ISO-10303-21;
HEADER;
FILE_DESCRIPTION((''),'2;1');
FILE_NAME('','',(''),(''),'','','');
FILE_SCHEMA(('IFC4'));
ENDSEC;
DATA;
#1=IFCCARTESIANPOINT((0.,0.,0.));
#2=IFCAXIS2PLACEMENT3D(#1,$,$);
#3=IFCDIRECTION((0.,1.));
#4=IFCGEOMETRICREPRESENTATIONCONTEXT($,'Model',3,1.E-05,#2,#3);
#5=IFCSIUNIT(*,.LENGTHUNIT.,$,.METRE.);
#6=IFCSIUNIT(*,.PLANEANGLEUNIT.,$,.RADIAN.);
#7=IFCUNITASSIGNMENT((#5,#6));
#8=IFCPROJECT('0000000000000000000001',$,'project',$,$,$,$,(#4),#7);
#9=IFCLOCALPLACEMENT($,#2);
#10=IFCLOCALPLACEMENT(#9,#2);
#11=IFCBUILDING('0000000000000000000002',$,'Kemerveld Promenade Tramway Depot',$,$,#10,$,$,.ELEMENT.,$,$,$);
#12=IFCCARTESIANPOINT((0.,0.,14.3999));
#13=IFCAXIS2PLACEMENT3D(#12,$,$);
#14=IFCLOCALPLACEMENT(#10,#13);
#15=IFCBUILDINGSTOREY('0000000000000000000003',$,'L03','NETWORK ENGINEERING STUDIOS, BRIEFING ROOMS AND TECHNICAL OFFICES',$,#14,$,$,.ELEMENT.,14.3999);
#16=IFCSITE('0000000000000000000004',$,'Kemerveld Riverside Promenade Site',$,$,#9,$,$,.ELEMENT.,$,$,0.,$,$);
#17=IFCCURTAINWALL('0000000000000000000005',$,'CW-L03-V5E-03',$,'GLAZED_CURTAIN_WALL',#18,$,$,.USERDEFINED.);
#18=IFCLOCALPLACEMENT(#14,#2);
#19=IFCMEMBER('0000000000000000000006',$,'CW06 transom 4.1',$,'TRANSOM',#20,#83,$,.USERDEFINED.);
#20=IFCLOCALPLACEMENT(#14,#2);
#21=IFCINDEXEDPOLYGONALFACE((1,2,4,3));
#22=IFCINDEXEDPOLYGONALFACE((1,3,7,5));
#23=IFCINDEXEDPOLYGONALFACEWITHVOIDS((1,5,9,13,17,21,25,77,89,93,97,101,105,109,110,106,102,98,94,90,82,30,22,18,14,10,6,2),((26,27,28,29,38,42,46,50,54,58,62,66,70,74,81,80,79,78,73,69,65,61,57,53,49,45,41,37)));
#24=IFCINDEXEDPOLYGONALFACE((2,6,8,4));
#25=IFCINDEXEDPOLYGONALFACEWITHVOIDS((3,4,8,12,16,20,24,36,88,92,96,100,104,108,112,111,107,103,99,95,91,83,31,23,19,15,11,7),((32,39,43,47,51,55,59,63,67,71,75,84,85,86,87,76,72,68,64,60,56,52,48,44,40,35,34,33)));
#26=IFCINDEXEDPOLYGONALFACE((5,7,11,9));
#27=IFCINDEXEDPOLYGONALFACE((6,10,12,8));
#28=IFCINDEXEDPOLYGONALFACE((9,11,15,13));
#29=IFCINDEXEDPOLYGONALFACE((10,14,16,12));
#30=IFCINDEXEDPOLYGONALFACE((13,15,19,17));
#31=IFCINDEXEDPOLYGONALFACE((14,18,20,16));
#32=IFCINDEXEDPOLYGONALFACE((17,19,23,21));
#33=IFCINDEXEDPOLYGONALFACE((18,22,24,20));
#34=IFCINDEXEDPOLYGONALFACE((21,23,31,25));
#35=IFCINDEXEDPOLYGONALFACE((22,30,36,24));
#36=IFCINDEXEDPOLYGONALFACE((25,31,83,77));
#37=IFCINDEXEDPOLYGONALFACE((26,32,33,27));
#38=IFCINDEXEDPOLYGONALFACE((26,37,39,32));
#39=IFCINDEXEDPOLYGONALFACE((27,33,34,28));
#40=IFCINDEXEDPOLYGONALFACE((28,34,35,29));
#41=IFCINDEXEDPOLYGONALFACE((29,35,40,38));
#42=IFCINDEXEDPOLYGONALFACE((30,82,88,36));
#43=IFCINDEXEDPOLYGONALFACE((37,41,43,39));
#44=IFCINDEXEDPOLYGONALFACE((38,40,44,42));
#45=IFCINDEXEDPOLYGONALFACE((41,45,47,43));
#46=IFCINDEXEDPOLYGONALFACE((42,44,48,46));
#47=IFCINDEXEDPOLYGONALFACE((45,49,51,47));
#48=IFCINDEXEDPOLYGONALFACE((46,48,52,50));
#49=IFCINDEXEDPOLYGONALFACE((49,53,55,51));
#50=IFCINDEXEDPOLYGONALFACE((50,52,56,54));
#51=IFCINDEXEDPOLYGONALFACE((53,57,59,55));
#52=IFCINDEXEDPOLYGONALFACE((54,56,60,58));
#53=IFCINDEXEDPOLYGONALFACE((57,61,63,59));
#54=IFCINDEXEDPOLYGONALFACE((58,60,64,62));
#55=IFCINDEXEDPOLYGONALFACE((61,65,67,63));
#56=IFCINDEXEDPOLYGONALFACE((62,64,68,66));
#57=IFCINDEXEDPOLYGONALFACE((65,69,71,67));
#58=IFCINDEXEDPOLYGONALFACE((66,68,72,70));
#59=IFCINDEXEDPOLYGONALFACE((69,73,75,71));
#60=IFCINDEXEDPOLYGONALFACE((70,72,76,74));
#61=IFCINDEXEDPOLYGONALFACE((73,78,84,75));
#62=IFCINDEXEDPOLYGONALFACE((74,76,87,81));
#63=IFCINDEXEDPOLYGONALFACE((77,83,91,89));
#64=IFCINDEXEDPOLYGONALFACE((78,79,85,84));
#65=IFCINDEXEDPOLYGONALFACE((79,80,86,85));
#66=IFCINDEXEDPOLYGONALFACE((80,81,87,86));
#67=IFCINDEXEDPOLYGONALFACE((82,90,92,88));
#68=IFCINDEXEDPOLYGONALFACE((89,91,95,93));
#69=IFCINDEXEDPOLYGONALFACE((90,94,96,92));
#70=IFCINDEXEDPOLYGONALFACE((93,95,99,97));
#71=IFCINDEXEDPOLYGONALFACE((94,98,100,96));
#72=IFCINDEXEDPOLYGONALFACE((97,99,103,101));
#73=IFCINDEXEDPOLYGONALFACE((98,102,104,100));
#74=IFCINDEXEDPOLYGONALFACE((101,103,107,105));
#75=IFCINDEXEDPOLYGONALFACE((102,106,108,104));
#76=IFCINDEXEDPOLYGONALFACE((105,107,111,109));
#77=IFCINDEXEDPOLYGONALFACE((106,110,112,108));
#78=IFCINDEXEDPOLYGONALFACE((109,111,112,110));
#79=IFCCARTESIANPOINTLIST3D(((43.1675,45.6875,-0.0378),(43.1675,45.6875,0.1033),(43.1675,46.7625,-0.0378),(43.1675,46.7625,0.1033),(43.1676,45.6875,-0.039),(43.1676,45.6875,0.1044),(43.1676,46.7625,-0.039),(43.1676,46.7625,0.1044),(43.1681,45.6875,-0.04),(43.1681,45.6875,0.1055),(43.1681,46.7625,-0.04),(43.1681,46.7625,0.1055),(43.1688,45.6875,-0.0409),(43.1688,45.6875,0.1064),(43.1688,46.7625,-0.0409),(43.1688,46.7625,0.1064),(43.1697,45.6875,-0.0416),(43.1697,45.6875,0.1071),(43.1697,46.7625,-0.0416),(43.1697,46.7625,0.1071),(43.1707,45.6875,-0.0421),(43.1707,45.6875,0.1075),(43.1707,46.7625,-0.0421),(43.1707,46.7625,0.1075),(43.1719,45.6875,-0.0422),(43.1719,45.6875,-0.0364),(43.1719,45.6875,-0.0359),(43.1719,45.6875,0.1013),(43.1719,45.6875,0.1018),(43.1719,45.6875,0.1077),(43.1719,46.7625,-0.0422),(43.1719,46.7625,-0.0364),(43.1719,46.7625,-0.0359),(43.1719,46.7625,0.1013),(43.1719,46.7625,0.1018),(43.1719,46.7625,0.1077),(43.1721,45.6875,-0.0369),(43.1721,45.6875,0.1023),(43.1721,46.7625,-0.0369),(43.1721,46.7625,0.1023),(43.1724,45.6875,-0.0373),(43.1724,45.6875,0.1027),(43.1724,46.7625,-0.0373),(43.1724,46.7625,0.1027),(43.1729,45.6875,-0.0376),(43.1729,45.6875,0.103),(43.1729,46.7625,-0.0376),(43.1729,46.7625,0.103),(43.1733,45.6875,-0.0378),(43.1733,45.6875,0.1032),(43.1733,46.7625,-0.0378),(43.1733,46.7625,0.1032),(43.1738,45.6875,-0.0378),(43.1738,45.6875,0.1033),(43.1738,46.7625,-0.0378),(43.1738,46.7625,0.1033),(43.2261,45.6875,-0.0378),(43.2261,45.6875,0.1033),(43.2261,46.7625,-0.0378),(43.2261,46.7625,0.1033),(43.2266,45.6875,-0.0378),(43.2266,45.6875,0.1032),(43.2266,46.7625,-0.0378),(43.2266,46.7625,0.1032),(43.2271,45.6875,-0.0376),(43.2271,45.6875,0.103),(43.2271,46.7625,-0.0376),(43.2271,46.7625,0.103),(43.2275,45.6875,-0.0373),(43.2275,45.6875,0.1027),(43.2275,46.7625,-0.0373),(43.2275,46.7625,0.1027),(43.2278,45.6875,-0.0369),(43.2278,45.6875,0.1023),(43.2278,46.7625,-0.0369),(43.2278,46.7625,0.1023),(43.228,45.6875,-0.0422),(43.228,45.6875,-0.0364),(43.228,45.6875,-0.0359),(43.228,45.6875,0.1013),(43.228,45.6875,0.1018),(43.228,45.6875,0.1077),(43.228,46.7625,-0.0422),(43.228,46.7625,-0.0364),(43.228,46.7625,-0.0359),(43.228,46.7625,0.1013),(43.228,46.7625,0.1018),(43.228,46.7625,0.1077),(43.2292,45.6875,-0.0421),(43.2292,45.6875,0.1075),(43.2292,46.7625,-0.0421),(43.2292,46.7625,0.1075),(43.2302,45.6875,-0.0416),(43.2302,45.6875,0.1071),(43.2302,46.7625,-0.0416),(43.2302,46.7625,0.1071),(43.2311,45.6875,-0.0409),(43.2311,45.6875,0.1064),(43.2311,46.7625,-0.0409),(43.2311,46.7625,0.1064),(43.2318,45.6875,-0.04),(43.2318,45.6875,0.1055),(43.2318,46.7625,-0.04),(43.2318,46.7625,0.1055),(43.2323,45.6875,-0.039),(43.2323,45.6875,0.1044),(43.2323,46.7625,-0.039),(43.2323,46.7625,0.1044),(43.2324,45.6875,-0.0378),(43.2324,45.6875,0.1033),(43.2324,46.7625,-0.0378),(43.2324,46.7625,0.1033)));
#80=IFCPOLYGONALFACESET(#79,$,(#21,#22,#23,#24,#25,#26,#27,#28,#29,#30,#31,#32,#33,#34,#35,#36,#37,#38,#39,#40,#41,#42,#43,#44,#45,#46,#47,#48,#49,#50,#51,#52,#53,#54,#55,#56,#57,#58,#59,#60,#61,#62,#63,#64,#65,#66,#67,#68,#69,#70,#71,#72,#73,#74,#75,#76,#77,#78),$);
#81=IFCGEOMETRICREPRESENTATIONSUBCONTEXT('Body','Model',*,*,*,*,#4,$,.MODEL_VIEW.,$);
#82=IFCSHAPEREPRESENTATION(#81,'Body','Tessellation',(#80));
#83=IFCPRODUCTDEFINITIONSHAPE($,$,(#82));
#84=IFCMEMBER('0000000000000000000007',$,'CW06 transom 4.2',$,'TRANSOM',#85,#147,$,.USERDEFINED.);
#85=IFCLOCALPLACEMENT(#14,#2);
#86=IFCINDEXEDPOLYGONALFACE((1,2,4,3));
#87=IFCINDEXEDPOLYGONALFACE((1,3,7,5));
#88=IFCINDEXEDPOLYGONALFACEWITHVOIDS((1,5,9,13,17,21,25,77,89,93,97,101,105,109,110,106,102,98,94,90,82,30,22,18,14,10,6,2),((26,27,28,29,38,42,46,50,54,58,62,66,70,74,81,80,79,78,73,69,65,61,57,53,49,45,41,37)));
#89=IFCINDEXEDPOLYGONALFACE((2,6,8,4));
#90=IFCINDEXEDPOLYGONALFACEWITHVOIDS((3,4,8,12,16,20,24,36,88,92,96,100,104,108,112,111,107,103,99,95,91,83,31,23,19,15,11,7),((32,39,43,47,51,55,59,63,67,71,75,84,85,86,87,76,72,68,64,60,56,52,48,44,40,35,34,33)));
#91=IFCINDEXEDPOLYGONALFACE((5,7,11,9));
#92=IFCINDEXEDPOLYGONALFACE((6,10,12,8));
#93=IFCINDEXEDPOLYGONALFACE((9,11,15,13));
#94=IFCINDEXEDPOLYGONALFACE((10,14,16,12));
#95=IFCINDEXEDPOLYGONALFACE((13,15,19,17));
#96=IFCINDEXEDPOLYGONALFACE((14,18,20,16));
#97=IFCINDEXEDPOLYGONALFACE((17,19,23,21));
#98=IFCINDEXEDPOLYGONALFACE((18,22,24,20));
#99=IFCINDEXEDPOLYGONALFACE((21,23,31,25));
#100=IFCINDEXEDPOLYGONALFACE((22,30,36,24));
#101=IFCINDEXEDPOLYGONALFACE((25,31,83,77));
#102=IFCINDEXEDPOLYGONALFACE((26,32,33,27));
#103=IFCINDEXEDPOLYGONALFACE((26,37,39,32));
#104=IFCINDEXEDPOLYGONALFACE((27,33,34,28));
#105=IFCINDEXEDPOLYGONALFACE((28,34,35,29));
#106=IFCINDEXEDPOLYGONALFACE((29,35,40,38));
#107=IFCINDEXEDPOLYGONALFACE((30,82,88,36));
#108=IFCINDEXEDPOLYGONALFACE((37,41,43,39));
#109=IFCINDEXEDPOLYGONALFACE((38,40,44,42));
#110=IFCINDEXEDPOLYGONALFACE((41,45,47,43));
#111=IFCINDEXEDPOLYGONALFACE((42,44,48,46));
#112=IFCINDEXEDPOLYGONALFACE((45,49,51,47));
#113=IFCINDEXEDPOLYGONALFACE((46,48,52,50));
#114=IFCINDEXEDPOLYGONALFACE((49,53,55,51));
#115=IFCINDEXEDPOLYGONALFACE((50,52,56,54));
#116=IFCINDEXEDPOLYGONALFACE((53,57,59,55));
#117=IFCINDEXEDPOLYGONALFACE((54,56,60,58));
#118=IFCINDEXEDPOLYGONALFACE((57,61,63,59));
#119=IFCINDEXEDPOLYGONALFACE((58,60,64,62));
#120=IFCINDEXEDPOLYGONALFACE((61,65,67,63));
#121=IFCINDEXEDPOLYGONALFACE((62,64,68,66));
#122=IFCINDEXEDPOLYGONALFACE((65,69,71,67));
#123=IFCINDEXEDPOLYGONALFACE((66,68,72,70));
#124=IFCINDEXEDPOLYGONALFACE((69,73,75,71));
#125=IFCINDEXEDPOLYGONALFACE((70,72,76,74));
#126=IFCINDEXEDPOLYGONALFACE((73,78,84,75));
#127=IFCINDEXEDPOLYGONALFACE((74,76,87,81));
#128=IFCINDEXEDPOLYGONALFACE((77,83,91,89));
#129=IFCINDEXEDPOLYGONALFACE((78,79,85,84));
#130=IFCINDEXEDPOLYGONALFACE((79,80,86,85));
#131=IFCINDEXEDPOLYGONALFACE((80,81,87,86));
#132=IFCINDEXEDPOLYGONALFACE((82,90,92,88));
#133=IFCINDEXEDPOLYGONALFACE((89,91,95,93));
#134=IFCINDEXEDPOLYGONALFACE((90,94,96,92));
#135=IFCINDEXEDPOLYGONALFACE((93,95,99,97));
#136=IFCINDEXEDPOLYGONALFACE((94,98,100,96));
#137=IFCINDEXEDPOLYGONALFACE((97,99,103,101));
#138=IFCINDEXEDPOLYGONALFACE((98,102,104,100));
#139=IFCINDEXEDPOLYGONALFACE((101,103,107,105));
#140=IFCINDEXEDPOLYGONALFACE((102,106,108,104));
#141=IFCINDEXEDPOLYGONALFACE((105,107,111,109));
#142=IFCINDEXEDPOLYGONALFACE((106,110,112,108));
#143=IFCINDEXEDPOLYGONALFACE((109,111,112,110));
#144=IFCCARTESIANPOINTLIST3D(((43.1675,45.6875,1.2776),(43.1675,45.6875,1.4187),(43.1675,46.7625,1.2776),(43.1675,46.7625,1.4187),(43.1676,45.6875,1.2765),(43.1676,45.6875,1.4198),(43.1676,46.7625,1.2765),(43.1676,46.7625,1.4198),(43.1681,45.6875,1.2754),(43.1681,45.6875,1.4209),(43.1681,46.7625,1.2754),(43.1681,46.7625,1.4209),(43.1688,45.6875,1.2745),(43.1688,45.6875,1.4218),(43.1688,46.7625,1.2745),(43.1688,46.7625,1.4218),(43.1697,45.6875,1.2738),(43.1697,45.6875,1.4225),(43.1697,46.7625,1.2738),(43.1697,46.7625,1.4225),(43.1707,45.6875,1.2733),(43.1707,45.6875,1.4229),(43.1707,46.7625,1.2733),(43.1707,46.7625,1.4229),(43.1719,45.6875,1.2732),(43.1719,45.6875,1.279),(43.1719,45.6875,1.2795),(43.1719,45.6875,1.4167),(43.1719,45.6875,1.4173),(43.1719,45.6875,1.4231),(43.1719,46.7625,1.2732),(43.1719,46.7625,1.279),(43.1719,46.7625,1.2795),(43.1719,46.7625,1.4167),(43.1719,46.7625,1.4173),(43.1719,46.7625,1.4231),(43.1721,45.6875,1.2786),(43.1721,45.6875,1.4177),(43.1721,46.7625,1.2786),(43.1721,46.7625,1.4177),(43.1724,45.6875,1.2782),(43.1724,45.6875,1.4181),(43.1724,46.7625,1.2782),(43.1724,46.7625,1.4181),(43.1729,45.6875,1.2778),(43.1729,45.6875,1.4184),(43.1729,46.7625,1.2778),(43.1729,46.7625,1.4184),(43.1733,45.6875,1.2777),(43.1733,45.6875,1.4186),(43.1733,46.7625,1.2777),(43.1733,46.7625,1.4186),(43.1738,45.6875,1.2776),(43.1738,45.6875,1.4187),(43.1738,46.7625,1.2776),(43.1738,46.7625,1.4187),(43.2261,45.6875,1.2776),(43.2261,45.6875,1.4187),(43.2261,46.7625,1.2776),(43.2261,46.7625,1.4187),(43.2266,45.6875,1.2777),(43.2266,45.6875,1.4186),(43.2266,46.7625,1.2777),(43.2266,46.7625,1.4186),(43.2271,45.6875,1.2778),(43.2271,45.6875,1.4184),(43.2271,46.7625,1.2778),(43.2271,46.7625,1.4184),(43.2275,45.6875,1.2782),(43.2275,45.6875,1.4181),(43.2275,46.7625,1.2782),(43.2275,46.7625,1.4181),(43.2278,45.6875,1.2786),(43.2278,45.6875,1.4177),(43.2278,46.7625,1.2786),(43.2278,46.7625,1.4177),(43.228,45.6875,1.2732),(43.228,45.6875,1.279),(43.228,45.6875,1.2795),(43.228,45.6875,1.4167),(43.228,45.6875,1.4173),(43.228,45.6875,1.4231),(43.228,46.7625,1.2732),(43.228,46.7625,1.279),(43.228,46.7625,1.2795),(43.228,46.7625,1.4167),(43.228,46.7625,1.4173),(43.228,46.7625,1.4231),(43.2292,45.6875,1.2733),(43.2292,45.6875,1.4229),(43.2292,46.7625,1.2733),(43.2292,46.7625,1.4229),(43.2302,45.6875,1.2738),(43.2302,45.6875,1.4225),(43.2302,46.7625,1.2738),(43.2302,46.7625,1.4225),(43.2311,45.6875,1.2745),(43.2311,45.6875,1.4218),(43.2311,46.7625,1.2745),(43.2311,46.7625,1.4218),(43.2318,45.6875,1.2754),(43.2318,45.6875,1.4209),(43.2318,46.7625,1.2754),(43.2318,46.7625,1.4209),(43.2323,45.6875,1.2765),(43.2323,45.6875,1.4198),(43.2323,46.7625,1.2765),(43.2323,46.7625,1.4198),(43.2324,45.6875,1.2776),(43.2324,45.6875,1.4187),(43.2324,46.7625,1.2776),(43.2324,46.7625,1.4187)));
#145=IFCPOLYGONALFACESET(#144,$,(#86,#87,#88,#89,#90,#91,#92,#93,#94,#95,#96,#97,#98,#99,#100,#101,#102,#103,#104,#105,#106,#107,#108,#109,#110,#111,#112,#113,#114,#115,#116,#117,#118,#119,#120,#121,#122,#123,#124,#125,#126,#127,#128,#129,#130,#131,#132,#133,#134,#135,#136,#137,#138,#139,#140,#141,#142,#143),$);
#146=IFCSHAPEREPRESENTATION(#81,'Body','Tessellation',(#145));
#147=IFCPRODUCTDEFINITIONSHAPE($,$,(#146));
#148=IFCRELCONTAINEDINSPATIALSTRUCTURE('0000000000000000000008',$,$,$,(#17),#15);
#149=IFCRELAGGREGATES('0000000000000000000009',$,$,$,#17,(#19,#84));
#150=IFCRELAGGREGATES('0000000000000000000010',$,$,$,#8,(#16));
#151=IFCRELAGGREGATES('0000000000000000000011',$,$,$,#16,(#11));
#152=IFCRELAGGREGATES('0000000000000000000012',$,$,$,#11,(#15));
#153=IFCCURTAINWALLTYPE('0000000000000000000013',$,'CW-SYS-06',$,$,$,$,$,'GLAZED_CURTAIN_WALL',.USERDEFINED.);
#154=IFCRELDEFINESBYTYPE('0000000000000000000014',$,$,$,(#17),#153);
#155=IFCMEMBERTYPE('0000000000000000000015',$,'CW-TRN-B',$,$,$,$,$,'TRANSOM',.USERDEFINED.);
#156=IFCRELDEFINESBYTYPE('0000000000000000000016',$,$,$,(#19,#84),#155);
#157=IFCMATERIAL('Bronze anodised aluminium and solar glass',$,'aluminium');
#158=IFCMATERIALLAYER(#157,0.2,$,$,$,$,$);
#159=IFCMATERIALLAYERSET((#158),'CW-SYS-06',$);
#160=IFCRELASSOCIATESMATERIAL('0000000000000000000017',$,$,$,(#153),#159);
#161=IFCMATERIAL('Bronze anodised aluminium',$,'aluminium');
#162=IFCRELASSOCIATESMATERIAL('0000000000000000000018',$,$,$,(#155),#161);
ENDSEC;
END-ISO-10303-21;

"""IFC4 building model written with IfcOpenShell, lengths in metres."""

from ifc_helpers import new_model, si_unit, direction, frame, origin, origin_2d, place, context, subcontext, project, spatial, hollow_rectangle, extrude, material, layer, layer_set, material_profile, profile_set, type_object, element, aggregate, save


model = new_model("IFC4")

# Units and contexts
model_context = context("Model", 3, precision=1e-05, world=origin(), true_north=direction((0.0, 1.0)))
body_context = subcontext(model_context, "Body", "Model", "MODEL_VIEW")
ifc_project = project(units=[si_unit("LENGTHUNIT", "METRE"), si_unit("PLANEANGLEUNIT", "RADIAN")], contexts=[model_context])

# Site, building, storey
site_placement = place(None, origin())
site = spatial("IfcSite", under=ifc_project, at=site_placement, Name="Kemerveld Riverside Promenade Site", CompositionType="ELEMENT", RefElevation=0.0)
building_placement = place(site_placement, origin())
building = spatial("IfcBuilding", under=site, at=building_placement, Name="Kemerveld Promenade Tramway Depot", CompositionType="ELEMENT")
storey_placement = place(building_placement, frame((0.0, 0.0, 14.3999)))
storey = spatial("IfcBuildingStorey", under=building, at=storey_placement, Name="L03", Description="NETWORK ENGINEERING STUDIOS, BRIEFING ROOMS AND TECHNICAL OFFICES", CompositionType="ELEMENT", Elevation=14.3999)

# Curtain wall, members
ifc_material_1 = material(Name="Bronze anodised aluminium and solar glass", Category="aluminium")
ifc_layer_1 = layer(ifc_material_1, 0.2)
ifc_layer_set_1 = layer_set([ifc_layer_1], Name="CW-SYS-06")
curtain_wall_type = type_object("IfcCurtainWallType", Name="CW-SYS-06", ElementType="GLAZED_CURTAIN_WALL", PredefinedType="USERDEFINED", material=ifc_layer_set_1)
curtain_wall_placement = place(storey_placement, origin())
curtain_wall = element("IfcCurtainWall", 1, at=curtain_wall_placement, inside=storey, type_object=curtain_wall_type, Name="CW-L03-V5E-03", ObjectType="GLAZED_CURTAIN_WALL", PredefinedType="USERDEFINED")
ifc_material_2 = material(Name="Bronze anodised aluminium", Category="aluminium")
ifc_material_profile_1 = material_profile(ifc_material_2, hollow_rectangle(XDim=0.0649, YDim=0.1499, WallThickness=0.0044, InnerFilletRadius=0.002, OuterFilletRadius=0.0044, at=origin_2d()), Name="CW-TRN-150x65")
ifc_profile_set_1 = profile_set([ifc_material_profile_1], Name="Bronze anodised aluminium")
member_type_1 = type_object("IfcMemberType", Name="CW-TRN-B", ElementType="TRANSOM", PredefinedType="USERDEFINED", material=ifc_profile_set_1)
member_1_placement = place(storey_placement, frame((43.2, 46.7625, 0.0327), z_axis=(0.0, -1.0, 0.0), x_axis=(1.0, 0.0, 0.0)))
member_1 = element("IfcMember", 2, at=member_1_placement, type_object=member_type_1, Name="CW06 transom 4.1", ObjectType="TRANSOM", PredefinedType="USERDEFINED", context=body_context, shape_type="SweptSolid", body=[
    extrude(hollow_rectangle(XDim=0.0649, YDim=0.1499, WallThickness=0.0044, InnerFilletRadius=0.002, OuterFilletRadius=0.0044, at=origin_2d()), origin(), (0.0, 0.0, 1.0), 1.075),
])
member_2_placement = place(storey_placement, frame((43.2, 46.7625, 1.3481), z_axis=(0.0, -1.0, 0.0), x_axis=(1.0, 0.0, 0.0)))
member_2 = element("IfcMember", 3, at=member_2_placement, type_object=member_type_1, Name="CW06 transom 4.2", ObjectType="TRANSOM", PredefinedType="USERDEFINED", context=body_context, shape_type="SweptSolid", body=[
    extrude(hollow_rectangle(XDim=0.0649, YDim=0.1499, WallThickness=0.0044, InnerFilletRadius=0.002, OuterFilletRadius=0.0044, at=origin_2d()), origin(), (0.0, 0.0, 1.0), 1.075),
])
aggregate(curtain_wall, [member_1, member_2])

save(model, "model.ifc")
